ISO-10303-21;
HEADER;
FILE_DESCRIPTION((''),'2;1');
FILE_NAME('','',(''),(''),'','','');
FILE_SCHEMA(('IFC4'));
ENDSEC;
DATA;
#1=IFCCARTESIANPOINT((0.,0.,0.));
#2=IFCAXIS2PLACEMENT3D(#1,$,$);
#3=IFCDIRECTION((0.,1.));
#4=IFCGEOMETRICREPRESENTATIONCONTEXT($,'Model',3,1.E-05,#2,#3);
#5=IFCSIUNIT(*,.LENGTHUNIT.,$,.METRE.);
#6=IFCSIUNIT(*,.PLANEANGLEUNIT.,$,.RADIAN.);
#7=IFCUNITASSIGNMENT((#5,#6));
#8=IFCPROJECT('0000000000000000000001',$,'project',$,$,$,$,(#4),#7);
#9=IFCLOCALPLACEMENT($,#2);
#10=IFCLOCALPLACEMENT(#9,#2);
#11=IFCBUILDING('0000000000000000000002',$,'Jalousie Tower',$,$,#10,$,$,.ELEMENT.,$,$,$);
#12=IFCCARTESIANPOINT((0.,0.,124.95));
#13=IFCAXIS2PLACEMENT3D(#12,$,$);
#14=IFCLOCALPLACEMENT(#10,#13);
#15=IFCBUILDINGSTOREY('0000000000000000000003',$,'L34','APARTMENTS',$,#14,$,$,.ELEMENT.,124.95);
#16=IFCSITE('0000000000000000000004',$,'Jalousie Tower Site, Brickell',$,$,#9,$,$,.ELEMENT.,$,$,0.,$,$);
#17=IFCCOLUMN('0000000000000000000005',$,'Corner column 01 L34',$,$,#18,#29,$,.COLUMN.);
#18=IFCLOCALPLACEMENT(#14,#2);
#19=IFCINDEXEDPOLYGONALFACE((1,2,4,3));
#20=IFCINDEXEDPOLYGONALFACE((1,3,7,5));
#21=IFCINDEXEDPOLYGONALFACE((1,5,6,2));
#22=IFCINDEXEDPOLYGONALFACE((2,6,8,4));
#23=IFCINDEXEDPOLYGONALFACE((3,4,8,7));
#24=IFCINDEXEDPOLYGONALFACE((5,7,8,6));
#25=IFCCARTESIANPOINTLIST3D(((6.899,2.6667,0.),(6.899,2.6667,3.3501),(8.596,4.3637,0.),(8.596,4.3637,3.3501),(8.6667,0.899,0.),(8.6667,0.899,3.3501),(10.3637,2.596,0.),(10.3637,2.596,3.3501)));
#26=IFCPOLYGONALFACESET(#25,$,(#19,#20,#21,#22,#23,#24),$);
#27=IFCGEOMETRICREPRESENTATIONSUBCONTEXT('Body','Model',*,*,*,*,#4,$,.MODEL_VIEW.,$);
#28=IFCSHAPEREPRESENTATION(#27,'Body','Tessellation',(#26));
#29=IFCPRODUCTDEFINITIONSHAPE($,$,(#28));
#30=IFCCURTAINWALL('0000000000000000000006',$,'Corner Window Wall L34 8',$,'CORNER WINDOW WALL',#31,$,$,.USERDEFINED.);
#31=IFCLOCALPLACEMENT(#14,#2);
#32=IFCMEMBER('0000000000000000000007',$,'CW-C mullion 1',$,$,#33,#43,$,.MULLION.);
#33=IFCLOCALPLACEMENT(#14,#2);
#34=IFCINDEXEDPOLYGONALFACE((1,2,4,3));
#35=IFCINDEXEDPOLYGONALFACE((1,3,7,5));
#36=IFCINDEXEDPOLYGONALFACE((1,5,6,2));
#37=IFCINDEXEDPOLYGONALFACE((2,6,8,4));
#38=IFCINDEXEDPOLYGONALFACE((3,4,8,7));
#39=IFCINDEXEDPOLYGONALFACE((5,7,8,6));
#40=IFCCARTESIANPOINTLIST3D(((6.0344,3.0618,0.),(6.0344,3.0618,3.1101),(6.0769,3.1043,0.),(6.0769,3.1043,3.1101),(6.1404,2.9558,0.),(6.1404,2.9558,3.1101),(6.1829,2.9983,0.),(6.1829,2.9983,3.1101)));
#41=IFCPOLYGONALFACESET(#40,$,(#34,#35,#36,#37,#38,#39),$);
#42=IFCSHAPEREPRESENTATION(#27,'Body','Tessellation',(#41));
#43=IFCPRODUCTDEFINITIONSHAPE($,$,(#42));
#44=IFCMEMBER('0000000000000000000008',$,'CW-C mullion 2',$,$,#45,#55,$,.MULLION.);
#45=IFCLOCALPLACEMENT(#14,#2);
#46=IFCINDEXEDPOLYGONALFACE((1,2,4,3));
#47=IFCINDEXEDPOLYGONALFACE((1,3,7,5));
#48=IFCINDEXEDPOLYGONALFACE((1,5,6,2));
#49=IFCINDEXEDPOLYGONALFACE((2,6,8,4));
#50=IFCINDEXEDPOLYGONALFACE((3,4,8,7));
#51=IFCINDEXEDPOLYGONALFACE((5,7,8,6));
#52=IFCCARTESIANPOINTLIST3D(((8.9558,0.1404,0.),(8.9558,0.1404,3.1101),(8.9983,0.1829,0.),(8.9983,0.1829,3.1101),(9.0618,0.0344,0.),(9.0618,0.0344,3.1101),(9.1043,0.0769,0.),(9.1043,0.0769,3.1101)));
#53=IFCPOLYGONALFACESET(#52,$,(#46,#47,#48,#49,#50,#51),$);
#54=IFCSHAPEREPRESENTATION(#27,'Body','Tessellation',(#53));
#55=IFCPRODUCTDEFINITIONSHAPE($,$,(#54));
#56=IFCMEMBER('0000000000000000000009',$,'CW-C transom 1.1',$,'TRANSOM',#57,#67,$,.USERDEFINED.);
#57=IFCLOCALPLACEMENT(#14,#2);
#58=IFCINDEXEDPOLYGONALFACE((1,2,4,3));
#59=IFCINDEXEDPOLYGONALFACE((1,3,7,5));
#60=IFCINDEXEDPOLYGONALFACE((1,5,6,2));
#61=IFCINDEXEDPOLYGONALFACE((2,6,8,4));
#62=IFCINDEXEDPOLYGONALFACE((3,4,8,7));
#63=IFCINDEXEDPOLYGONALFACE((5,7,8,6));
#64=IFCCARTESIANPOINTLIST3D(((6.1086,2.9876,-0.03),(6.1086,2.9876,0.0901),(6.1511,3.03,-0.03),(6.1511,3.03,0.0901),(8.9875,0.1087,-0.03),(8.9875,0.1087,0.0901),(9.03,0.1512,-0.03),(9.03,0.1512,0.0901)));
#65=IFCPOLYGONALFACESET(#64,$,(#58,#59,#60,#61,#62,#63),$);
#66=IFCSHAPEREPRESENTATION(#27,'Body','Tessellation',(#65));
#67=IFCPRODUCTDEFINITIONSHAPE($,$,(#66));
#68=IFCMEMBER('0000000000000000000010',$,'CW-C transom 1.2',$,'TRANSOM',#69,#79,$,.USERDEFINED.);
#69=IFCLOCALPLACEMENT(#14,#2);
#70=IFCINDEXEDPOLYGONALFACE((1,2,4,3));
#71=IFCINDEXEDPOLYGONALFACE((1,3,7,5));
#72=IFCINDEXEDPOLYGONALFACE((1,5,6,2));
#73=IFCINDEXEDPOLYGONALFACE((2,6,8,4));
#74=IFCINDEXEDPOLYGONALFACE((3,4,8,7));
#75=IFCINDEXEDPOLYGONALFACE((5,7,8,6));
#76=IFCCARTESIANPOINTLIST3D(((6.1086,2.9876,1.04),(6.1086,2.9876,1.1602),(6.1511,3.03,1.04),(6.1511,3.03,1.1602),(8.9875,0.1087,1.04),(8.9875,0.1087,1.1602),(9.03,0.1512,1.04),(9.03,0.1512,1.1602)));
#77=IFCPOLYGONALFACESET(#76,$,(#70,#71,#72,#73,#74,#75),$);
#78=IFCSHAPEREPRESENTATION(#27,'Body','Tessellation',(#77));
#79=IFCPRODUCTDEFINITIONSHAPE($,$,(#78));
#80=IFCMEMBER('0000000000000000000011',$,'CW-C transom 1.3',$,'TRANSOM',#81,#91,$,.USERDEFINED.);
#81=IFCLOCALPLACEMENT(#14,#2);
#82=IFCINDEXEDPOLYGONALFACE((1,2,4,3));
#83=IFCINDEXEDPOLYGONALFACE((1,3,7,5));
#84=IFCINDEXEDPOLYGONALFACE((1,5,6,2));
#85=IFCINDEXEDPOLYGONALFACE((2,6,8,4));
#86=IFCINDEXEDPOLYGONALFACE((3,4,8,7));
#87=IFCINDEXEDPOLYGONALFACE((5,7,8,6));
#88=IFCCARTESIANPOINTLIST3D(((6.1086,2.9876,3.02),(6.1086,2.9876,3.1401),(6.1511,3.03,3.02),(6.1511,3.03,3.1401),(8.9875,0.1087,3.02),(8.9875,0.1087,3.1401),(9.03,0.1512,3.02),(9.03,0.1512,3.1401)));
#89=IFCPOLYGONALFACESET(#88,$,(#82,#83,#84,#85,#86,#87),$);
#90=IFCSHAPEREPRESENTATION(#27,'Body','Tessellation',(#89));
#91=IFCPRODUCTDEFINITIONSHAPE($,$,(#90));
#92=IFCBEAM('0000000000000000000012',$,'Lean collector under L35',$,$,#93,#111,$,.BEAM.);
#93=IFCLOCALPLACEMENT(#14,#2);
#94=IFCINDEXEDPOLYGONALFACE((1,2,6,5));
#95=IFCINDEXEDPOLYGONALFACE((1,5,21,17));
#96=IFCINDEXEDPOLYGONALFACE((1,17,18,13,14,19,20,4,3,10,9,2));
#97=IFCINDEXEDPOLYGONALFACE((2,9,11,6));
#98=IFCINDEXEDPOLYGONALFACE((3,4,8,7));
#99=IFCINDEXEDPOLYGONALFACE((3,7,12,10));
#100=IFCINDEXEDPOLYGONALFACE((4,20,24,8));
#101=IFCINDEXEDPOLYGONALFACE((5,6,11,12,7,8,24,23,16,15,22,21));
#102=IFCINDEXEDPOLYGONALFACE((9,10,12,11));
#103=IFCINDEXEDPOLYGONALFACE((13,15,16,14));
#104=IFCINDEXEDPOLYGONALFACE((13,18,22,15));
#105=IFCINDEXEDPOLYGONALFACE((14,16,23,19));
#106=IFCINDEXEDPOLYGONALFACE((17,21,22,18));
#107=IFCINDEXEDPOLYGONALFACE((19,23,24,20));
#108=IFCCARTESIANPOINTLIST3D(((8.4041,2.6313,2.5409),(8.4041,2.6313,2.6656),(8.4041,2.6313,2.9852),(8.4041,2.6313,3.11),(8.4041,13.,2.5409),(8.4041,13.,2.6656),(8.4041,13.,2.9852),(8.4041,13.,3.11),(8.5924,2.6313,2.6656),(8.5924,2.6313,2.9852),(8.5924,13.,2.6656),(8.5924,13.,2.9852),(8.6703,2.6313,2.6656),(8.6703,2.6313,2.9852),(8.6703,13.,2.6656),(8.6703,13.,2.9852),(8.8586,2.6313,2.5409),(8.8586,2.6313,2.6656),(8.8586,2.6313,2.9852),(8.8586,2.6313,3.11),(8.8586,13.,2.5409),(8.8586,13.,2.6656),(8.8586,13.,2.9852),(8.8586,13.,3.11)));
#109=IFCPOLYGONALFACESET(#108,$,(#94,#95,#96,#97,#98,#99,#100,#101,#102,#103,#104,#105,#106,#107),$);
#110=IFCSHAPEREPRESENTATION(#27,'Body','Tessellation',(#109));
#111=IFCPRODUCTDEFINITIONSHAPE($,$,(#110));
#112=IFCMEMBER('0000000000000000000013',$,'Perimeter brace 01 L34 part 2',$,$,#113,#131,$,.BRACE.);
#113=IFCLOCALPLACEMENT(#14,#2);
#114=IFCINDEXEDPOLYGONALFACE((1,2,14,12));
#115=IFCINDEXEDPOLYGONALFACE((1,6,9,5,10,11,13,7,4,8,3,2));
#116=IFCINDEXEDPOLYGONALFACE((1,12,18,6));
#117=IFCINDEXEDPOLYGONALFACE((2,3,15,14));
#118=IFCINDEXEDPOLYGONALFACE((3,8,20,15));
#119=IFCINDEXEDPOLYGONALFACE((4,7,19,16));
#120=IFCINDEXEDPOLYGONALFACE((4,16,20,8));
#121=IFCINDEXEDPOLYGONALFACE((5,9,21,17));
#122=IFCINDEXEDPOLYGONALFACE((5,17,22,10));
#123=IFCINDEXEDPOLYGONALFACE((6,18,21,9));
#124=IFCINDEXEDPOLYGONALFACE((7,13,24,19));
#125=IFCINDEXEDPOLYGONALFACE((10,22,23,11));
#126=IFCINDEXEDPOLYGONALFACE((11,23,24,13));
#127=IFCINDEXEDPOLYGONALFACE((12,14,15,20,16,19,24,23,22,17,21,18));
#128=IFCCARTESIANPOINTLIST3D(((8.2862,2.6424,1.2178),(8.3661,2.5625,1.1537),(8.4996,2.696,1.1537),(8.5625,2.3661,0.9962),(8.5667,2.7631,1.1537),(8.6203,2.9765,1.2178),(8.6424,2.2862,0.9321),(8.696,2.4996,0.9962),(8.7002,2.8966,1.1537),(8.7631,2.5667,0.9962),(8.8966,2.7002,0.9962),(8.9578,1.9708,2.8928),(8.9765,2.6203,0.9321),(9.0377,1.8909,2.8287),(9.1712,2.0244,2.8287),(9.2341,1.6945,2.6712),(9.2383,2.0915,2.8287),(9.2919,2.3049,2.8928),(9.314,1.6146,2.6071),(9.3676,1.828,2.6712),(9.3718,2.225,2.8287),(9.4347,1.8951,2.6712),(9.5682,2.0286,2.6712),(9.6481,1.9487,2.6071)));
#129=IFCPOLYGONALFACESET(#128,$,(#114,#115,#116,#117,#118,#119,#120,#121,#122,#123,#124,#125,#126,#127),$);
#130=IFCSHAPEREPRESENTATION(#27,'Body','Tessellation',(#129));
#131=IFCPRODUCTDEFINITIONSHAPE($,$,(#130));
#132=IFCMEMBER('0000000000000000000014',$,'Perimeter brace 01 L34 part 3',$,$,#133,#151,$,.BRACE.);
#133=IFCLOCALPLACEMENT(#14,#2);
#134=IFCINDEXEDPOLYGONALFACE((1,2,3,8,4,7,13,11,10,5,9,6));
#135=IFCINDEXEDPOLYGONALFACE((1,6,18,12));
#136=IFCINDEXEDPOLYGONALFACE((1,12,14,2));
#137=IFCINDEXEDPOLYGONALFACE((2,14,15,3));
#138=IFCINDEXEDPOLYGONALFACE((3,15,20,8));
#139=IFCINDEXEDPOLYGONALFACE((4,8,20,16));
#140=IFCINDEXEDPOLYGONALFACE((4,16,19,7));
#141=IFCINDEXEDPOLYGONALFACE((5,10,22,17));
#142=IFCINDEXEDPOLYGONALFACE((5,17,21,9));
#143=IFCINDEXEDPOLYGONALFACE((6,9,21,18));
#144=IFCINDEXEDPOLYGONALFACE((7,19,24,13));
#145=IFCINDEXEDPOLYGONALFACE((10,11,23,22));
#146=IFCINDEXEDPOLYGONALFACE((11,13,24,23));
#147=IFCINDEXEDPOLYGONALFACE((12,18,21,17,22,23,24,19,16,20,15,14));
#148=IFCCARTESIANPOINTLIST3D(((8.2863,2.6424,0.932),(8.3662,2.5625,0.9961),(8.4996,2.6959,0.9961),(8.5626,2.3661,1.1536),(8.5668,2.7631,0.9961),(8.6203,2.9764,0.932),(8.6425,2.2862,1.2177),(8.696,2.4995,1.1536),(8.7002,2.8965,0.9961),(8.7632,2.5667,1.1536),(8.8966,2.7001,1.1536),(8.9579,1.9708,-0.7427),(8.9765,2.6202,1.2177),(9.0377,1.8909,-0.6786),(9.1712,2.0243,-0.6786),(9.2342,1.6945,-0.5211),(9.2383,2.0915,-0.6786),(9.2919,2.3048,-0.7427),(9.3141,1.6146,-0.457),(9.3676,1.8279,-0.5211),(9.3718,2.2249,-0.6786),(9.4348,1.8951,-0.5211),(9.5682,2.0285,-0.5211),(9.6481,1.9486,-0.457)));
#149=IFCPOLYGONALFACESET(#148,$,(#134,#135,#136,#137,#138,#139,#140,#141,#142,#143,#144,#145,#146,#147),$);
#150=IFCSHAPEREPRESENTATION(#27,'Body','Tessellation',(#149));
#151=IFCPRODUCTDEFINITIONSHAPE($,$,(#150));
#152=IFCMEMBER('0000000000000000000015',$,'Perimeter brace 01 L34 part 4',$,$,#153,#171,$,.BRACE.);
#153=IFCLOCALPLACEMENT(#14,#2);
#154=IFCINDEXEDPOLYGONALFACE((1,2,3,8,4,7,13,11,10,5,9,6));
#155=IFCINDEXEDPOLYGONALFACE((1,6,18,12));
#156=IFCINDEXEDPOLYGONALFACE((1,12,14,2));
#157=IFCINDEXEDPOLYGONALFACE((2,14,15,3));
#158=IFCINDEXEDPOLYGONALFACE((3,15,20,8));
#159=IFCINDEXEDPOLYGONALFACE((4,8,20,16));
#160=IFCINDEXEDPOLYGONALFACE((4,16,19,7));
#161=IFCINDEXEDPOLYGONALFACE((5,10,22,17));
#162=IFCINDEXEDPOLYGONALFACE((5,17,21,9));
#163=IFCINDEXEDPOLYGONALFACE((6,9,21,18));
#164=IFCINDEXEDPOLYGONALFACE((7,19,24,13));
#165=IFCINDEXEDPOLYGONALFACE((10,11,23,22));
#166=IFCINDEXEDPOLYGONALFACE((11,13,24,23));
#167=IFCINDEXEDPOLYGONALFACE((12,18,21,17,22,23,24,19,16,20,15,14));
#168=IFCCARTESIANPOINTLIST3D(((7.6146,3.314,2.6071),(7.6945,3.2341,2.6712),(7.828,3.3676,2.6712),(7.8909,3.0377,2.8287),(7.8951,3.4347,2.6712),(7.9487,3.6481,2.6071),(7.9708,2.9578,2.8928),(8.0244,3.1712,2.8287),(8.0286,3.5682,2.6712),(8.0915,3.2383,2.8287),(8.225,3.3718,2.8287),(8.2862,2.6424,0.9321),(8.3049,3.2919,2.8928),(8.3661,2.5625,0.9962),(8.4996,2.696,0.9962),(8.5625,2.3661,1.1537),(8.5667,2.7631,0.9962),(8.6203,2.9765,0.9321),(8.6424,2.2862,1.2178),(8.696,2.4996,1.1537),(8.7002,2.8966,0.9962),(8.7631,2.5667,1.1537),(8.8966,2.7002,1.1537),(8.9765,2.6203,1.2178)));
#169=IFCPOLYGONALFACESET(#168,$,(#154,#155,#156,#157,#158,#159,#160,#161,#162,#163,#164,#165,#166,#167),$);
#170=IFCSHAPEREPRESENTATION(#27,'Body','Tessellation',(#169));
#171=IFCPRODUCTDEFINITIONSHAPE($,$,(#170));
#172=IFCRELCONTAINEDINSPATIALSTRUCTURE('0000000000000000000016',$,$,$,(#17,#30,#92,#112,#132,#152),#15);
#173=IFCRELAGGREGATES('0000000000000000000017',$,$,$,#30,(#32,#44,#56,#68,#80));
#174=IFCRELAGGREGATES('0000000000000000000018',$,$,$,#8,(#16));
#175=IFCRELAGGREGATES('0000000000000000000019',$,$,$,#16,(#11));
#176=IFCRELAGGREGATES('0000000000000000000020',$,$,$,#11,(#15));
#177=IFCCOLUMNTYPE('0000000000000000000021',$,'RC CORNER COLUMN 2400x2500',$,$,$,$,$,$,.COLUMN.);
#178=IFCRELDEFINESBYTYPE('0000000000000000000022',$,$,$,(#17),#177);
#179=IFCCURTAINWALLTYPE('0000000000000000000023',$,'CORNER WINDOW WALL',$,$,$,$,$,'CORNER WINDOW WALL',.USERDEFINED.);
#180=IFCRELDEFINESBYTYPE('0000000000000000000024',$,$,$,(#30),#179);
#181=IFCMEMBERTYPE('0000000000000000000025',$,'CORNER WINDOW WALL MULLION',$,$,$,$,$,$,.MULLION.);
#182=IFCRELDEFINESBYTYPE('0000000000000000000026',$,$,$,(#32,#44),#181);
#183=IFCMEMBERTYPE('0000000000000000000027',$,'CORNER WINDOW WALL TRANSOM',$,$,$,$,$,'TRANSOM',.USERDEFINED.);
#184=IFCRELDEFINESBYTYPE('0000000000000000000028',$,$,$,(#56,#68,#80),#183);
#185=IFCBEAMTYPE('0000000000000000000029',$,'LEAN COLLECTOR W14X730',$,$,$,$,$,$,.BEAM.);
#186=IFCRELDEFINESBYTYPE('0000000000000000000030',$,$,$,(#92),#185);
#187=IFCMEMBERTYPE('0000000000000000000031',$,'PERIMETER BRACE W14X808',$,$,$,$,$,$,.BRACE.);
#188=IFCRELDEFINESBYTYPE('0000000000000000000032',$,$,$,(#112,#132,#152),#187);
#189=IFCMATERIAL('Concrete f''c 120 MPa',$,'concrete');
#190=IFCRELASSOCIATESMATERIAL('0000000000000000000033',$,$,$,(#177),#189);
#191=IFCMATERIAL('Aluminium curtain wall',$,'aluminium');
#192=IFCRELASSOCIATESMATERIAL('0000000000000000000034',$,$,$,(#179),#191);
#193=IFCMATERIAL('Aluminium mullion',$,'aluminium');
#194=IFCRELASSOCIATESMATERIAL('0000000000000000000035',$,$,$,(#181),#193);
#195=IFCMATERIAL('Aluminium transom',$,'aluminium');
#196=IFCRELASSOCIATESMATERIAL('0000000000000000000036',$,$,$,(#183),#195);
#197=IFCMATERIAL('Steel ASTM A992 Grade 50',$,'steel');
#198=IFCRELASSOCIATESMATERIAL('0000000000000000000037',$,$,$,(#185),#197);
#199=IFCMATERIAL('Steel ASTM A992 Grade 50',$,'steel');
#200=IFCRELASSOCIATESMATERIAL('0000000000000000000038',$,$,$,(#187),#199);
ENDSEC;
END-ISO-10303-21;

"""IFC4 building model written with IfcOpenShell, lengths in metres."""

from ifc_helpers import new_model, si_unit, direction, frame, origin, origin_2d, place, context, subcontext, project, spatial, rectangle, i_section, extrude, material, material_profile, profile_set, type_object, element, aggregate, save


model = new_model("IFC4")

# Units and contexts
model_context = context("Model", 3, precision=1e-05, world=origin(), true_north=direction((0.0, 1.0)))
body_context = subcontext(model_context, "Body", "Model", "MODEL_VIEW")
ifc_project = project(units=[si_unit("LENGTHUNIT", "METRE"), si_unit("PLANEANGLEUNIT", "RADIAN")], contexts=[model_context])

# Site, building, storey
site_placement = place(None, origin())
site = spatial("IfcSite", under=ifc_project, at=site_placement, Name="Jalousie Tower Site, Brickell", CompositionType="ELEMENT", RefElevation=0.0)
building_placement = place(site_placement, origin())
building = spatial("IfcBuilding", under=site, at=building_placement, Name="Jalousie Tower", CompositionType="ELEMENT")
storey_placement = place(building_placement, frame((0.0, 0.0, 124.95)))
storey = spatial("IfcBuildingStorey", under=building, at=storey_placement, Name="L34", Description="APARTMENTS", CompositionType="ELEMENT", Elevation=124.95)

# Column
ifc_material_1 = material(Name="Concrete f'c 120 MPa", Category="concrete")
ifc_material_profile_1 = material_profile(ifc_material_1, rectangle(XDim=2.3999, YDim=2.5, at=origin_2d()), Name="RC 2400x2500")
ifc_profile_set_1 = profile_set([ifc_material_profile_1], Name="Concrete f'c 120 MPa")
column_type = type_object("IfcColumnType", Name="RC CORNER COLUMN 2400x2500", PredefinedType="COLUMN", material=ifc_profile_set_1)
column_placement = place(storey_placement, frame((8.6313, 2.6313, 0.0), z_axis=(0.0, 0.0, 1.0), x_axis=(0.707107, 0.707107, 0.0)))
element("IfcColumn", 1, at=column_placement, inside=storey, type_object=column_type, Name="Corner column 01 L34", PredefinedType="COLUMN", context=body_context, shape_type="SweptSolid", body=[
    extrude(rectangle(XDim=2.3999, YDim=2.5, at=origin_2d()), origin(), (0.0, 0.0, 1.0), 3.3501),
])

# Curtain wall, members
ifc_material_2 = material(Name="Aluminium curtain wall", Category="aluminium")
curtain_wall_type_1 = type_object("IfcCurtainWallType", Name="CORNER WINDOW WALL", ElementType="CORNER WINDOW WALL", PredefinedType="USERDEFINED", material=ifc_material_2)
curtain_wall_1_placement = place(storey_placement, origin())
curtain_wall_1 = element("IfcCurtainWall", 2, at=curtain_wall_1_placement, inside=storey, type_object=curtain_wall_type_1, Name="Corner Window Wall L34 8", ObjectType="CORNER WINDOW WALL", PredefinedType="USERDEFINED")
ifc_material_3 = material(Name="Aluminium mullion", Category="aluminium")
ifc_material_profile_2 = material_profile(ifc_material_3, rectangle(XDim=0.0601, YDim=0.1499, at=origin_2d()), Name="MULLION 60x150")
ifc_profile_set_2 = profile_set([ifc_material_profile_2], Name="Aluminium mullion")
member_type_1 = type_object("IfcMemberType", Name="CORNER WINDOW WALL MULLION", PredefinedType="MULLION", material=ifc_profile_set_2)
member_1_placement = place(storey_placement, frame((6.1086, 3.03, 0.0), z_axis=(0.0, 0.0, 1.0), x_axis=(0.707107, 0.707107, 0.0)))
member_1 = element("IfcMember", 3, at=member_1_placement, type_object=member_type_1, Name="CW-C mullion 1", PredefinedType="MULLION", context=body_context, shape_type="SweptSolid", body=[
    extrude(rectangle(XDim=0.0601, YDim=0.1499, at=origin_2d()), origin(), (0.0, 0.0, 1.0), 3.1101),
])
member_2_placement = place(storey_placement, frame((9.03, 0.1086, 0.0), z_axis=(0.0, 0.0, 1.0), x_axis=(0.707107, 0.707107, 0.0)))
member_2 = element("IfcMember", 4, at=member_2_placement, type_object=member_type_1, Name="CW-C mullion 2", PredefinedType="MULLION", context=body_context, shape_type="SweptSolid", body=[
    extrude(rectangle(XDim=0.0601, YDim=0.1499, at=origin_2d()), origin(), (0.0, 0.0, 1.0), 3.1101),
])
ifc_material_4 = material(Name="Aluminium transom", Category="aluminium")
ifc_material_profile_3 = material_profile(ifc_material_4, rectangle(XDim=0.0601, YDim=0.1201, at=origin_2d()), Name="TRANSOM 60x120")
ifc_profile_set_3 = profile_set([ifc_material_profile_3], Name="Aluminium transom")
member_type_2 = type_object("IfcMemberType", Name="CORNER WINDOW WALL TRANSOM", ElementType="TRANSOM", PredefinedType="USERDEFINED", material=ifc_profile_set_3)
member_3_placement = place(storey_placement, frame((6.1299, 3.0088, 0.03), z_axis=(0.707107, -0.707107, 0.0), x_axis=(0.707107, 0.707107, 0.0)))
member_3 = element("IfcMember", 5, at=member_3_placement, type_object=member_type_2, Name="CW-C transom 1.1", ObjectType="TRANSOM", PredefinedType="USERDEFINED", context=body_context, shape_type="SweptSolid", body=[
    extrude(rectangle(XDim=0.0601, YDim=0.1201, at=origin_2d()), origin(), (0.0, 0.0, 1.0), 4.0713),
])
member_4_placement = place(storey_placement, frame((6.1299, 3.0088, 1.1001), z_axis=(0.707107, -0.707107, 0.0), x_axis=(0.707107, 0.707107, 0.0)))
member_4 = element("IfcMember", 6, at=member_4_placement, type_object=member_type_2, Name="CW-C transom 1.2", ObjectType="TRANSOM", PredefinedType="USERDEFINED", context=body_context, shape_type="SweptSolid", body=[
    extrude(rectangle(XDim=0.0601, YDim=0.1201, at=origin_2d()), origin(), (0.0, 0.0, 1.0), 4.0713),
])
member_5_placement = place(storey_placement, frame((6.1299, 3.0088, 3.0801), z_axis=(0.707107, -0.707107, 0.0), x_axis=(0.707107, 0.707107, 0.0)))
member_5 = element("IfcMember", 7, at=member_5_placement, type_object=member_type_2, Name="CW-C transom 1.3", ObjectType="TRANSOM", PredefinedType="USERDEFINED", context=body_context, shape_type="SweptSolid", body=[
    extrude(rectangle(XDim=0.0601, YDim=0.1201, at=origin_2d()), origin(), (0.0, 0.0, 1.0), 4.0713),
])

# Beam
ifc_material_5 = material(Name="Steel ASTM A992 Grade 50", Category="steel")
ifc_material_profile_4 = material_profile(ifc_material_5, i_section(OverallWidth=0.4546, OverallDepth=0.5691, WebThickness=0.0779, FlangeThickness=0.1248, at=origin_2d()), Name="W14X730")
ifc_profile_set_4 = profile_set([ifc_material_profile_4], Name="Steel ASTM A992 Grade 50")
beam_type_1 = type_object("IfcBeamType", Name="LEAN COLLECTOR W14X730", PredefinedType="BEAM", material=ifc_profile_set_4)
beam_1_placement = place(storey_placement, frame((8.6313, 2.6313, 2.8254), z_axis=(0.0, 1.0, 0.0), x_axis=(-1.0, 0.0, 0.0)))
element("IfcBeam", 8, at=beam_1_placement, inside=storey, type_object=beam_type_1, Name="Lean collector under L35", PredefinedType="BEAM", context=body_context, shape_type="SweptSolid", body=[
    extrude(i_section(OverallWidth=0.4546, OverallDepth=0.5691, WebThickness=0.0779, FlangeThickness=0.1248, at=origin_2d()), origin(), (0.0, 0.0, 1.0), 10.3687),
])

# Members
ifc_material_6 = material(Name="Steel ASTM A992 Grade 50", Category="steel")
ifc_material_profile_5 = material_profile(ifc_material_6, i_section(OverallWidth=0.4724, OverallDepth=0.5791, WebThickness=0.095, FlangeThickness=0.1299, at=origin_2d()), Name="W14X808")
ifc_profile_set_5 = profile_set([ifc_material_profile_5], Name="Steel ASTM A992 Grade 50")
member_type_3 = type_object("IfcMemberType", Name="PERIMETER BRACE W14X808", PredefinedType="BRACE", material=ifc_profile_set_5)
member_6_placement = place(storey_placement, frame((8.6313, 2.6313, 1.075), z_axis=(0.348789, -0.348789, 0.869881), x_axis=(0.707107, 0.707107, 0.0)))
element("IfcMember", 9, at=member_6_placement, inside=storey, type_object=member_type_3, Name="Perimeter brace 01 L34 part 2", PredefinedType="BRACE", context=body_context, shape_type="SweptSolid", body=[
    extrude(i_section(OverallWidth=0.4724, OverallDepth=0.5791, WebThickness=0.095, FlangeThickness=0.1299, at=origin_2d()), origin(), (0.0, 0.0, 1.0), 1.9255),
])
member_7_placement = place(storey_placement, frame((9.303, 1.9597, -0.5999), z_axis=(-0.348828, 0.348828, 0.86985), x_axis=(-0.707107, -0.707107, 0.0)))
element("IfcMember", 10, at=member_7_placement, inside=storey, type_object=member_type_3, Name="Perimeter brace 01 L34 part 3", PredefinedType="BRACE", context=body_context, shape_type="SweptSolid", body=[
    extrude(i_section(OverallWidth=0.4724, OverallDepth=0.5791, WebThickness=0.095, FlangeThickness=0.1299, at=origin_2d()), origin(), (0.0, 0.0, 1.0), 1.9253),
])
member_8_placement = place(storey_placement, frame((8.6313, 2.6313, 1.075), z_axis=(-0.348789, 0.348789, 0.869881), x_axis=(-0.707107, -0.707107, 0.0)))
element("IfcMember", 11, at=member_8_placement, inside=storey, type_object=member_type_3, Name="Perimeter brace 01 L34 part 4", PredefinedType="BRACE", context=body_context, shape_type="SweptSolid", body=[
    extrude(i_section(OverallWidth=0.4724, OverallDepth=0.5791, WebThickness=0.095, FlangeThickness=0.1299, at=origin_2d()), origin(), (0.0, 0.0, 1.0), 1.9255),
])

aggregate(curtain_wall_1, [member_1, member_2, member_3, member_4, member_5])

save(model, "model.ifc")
